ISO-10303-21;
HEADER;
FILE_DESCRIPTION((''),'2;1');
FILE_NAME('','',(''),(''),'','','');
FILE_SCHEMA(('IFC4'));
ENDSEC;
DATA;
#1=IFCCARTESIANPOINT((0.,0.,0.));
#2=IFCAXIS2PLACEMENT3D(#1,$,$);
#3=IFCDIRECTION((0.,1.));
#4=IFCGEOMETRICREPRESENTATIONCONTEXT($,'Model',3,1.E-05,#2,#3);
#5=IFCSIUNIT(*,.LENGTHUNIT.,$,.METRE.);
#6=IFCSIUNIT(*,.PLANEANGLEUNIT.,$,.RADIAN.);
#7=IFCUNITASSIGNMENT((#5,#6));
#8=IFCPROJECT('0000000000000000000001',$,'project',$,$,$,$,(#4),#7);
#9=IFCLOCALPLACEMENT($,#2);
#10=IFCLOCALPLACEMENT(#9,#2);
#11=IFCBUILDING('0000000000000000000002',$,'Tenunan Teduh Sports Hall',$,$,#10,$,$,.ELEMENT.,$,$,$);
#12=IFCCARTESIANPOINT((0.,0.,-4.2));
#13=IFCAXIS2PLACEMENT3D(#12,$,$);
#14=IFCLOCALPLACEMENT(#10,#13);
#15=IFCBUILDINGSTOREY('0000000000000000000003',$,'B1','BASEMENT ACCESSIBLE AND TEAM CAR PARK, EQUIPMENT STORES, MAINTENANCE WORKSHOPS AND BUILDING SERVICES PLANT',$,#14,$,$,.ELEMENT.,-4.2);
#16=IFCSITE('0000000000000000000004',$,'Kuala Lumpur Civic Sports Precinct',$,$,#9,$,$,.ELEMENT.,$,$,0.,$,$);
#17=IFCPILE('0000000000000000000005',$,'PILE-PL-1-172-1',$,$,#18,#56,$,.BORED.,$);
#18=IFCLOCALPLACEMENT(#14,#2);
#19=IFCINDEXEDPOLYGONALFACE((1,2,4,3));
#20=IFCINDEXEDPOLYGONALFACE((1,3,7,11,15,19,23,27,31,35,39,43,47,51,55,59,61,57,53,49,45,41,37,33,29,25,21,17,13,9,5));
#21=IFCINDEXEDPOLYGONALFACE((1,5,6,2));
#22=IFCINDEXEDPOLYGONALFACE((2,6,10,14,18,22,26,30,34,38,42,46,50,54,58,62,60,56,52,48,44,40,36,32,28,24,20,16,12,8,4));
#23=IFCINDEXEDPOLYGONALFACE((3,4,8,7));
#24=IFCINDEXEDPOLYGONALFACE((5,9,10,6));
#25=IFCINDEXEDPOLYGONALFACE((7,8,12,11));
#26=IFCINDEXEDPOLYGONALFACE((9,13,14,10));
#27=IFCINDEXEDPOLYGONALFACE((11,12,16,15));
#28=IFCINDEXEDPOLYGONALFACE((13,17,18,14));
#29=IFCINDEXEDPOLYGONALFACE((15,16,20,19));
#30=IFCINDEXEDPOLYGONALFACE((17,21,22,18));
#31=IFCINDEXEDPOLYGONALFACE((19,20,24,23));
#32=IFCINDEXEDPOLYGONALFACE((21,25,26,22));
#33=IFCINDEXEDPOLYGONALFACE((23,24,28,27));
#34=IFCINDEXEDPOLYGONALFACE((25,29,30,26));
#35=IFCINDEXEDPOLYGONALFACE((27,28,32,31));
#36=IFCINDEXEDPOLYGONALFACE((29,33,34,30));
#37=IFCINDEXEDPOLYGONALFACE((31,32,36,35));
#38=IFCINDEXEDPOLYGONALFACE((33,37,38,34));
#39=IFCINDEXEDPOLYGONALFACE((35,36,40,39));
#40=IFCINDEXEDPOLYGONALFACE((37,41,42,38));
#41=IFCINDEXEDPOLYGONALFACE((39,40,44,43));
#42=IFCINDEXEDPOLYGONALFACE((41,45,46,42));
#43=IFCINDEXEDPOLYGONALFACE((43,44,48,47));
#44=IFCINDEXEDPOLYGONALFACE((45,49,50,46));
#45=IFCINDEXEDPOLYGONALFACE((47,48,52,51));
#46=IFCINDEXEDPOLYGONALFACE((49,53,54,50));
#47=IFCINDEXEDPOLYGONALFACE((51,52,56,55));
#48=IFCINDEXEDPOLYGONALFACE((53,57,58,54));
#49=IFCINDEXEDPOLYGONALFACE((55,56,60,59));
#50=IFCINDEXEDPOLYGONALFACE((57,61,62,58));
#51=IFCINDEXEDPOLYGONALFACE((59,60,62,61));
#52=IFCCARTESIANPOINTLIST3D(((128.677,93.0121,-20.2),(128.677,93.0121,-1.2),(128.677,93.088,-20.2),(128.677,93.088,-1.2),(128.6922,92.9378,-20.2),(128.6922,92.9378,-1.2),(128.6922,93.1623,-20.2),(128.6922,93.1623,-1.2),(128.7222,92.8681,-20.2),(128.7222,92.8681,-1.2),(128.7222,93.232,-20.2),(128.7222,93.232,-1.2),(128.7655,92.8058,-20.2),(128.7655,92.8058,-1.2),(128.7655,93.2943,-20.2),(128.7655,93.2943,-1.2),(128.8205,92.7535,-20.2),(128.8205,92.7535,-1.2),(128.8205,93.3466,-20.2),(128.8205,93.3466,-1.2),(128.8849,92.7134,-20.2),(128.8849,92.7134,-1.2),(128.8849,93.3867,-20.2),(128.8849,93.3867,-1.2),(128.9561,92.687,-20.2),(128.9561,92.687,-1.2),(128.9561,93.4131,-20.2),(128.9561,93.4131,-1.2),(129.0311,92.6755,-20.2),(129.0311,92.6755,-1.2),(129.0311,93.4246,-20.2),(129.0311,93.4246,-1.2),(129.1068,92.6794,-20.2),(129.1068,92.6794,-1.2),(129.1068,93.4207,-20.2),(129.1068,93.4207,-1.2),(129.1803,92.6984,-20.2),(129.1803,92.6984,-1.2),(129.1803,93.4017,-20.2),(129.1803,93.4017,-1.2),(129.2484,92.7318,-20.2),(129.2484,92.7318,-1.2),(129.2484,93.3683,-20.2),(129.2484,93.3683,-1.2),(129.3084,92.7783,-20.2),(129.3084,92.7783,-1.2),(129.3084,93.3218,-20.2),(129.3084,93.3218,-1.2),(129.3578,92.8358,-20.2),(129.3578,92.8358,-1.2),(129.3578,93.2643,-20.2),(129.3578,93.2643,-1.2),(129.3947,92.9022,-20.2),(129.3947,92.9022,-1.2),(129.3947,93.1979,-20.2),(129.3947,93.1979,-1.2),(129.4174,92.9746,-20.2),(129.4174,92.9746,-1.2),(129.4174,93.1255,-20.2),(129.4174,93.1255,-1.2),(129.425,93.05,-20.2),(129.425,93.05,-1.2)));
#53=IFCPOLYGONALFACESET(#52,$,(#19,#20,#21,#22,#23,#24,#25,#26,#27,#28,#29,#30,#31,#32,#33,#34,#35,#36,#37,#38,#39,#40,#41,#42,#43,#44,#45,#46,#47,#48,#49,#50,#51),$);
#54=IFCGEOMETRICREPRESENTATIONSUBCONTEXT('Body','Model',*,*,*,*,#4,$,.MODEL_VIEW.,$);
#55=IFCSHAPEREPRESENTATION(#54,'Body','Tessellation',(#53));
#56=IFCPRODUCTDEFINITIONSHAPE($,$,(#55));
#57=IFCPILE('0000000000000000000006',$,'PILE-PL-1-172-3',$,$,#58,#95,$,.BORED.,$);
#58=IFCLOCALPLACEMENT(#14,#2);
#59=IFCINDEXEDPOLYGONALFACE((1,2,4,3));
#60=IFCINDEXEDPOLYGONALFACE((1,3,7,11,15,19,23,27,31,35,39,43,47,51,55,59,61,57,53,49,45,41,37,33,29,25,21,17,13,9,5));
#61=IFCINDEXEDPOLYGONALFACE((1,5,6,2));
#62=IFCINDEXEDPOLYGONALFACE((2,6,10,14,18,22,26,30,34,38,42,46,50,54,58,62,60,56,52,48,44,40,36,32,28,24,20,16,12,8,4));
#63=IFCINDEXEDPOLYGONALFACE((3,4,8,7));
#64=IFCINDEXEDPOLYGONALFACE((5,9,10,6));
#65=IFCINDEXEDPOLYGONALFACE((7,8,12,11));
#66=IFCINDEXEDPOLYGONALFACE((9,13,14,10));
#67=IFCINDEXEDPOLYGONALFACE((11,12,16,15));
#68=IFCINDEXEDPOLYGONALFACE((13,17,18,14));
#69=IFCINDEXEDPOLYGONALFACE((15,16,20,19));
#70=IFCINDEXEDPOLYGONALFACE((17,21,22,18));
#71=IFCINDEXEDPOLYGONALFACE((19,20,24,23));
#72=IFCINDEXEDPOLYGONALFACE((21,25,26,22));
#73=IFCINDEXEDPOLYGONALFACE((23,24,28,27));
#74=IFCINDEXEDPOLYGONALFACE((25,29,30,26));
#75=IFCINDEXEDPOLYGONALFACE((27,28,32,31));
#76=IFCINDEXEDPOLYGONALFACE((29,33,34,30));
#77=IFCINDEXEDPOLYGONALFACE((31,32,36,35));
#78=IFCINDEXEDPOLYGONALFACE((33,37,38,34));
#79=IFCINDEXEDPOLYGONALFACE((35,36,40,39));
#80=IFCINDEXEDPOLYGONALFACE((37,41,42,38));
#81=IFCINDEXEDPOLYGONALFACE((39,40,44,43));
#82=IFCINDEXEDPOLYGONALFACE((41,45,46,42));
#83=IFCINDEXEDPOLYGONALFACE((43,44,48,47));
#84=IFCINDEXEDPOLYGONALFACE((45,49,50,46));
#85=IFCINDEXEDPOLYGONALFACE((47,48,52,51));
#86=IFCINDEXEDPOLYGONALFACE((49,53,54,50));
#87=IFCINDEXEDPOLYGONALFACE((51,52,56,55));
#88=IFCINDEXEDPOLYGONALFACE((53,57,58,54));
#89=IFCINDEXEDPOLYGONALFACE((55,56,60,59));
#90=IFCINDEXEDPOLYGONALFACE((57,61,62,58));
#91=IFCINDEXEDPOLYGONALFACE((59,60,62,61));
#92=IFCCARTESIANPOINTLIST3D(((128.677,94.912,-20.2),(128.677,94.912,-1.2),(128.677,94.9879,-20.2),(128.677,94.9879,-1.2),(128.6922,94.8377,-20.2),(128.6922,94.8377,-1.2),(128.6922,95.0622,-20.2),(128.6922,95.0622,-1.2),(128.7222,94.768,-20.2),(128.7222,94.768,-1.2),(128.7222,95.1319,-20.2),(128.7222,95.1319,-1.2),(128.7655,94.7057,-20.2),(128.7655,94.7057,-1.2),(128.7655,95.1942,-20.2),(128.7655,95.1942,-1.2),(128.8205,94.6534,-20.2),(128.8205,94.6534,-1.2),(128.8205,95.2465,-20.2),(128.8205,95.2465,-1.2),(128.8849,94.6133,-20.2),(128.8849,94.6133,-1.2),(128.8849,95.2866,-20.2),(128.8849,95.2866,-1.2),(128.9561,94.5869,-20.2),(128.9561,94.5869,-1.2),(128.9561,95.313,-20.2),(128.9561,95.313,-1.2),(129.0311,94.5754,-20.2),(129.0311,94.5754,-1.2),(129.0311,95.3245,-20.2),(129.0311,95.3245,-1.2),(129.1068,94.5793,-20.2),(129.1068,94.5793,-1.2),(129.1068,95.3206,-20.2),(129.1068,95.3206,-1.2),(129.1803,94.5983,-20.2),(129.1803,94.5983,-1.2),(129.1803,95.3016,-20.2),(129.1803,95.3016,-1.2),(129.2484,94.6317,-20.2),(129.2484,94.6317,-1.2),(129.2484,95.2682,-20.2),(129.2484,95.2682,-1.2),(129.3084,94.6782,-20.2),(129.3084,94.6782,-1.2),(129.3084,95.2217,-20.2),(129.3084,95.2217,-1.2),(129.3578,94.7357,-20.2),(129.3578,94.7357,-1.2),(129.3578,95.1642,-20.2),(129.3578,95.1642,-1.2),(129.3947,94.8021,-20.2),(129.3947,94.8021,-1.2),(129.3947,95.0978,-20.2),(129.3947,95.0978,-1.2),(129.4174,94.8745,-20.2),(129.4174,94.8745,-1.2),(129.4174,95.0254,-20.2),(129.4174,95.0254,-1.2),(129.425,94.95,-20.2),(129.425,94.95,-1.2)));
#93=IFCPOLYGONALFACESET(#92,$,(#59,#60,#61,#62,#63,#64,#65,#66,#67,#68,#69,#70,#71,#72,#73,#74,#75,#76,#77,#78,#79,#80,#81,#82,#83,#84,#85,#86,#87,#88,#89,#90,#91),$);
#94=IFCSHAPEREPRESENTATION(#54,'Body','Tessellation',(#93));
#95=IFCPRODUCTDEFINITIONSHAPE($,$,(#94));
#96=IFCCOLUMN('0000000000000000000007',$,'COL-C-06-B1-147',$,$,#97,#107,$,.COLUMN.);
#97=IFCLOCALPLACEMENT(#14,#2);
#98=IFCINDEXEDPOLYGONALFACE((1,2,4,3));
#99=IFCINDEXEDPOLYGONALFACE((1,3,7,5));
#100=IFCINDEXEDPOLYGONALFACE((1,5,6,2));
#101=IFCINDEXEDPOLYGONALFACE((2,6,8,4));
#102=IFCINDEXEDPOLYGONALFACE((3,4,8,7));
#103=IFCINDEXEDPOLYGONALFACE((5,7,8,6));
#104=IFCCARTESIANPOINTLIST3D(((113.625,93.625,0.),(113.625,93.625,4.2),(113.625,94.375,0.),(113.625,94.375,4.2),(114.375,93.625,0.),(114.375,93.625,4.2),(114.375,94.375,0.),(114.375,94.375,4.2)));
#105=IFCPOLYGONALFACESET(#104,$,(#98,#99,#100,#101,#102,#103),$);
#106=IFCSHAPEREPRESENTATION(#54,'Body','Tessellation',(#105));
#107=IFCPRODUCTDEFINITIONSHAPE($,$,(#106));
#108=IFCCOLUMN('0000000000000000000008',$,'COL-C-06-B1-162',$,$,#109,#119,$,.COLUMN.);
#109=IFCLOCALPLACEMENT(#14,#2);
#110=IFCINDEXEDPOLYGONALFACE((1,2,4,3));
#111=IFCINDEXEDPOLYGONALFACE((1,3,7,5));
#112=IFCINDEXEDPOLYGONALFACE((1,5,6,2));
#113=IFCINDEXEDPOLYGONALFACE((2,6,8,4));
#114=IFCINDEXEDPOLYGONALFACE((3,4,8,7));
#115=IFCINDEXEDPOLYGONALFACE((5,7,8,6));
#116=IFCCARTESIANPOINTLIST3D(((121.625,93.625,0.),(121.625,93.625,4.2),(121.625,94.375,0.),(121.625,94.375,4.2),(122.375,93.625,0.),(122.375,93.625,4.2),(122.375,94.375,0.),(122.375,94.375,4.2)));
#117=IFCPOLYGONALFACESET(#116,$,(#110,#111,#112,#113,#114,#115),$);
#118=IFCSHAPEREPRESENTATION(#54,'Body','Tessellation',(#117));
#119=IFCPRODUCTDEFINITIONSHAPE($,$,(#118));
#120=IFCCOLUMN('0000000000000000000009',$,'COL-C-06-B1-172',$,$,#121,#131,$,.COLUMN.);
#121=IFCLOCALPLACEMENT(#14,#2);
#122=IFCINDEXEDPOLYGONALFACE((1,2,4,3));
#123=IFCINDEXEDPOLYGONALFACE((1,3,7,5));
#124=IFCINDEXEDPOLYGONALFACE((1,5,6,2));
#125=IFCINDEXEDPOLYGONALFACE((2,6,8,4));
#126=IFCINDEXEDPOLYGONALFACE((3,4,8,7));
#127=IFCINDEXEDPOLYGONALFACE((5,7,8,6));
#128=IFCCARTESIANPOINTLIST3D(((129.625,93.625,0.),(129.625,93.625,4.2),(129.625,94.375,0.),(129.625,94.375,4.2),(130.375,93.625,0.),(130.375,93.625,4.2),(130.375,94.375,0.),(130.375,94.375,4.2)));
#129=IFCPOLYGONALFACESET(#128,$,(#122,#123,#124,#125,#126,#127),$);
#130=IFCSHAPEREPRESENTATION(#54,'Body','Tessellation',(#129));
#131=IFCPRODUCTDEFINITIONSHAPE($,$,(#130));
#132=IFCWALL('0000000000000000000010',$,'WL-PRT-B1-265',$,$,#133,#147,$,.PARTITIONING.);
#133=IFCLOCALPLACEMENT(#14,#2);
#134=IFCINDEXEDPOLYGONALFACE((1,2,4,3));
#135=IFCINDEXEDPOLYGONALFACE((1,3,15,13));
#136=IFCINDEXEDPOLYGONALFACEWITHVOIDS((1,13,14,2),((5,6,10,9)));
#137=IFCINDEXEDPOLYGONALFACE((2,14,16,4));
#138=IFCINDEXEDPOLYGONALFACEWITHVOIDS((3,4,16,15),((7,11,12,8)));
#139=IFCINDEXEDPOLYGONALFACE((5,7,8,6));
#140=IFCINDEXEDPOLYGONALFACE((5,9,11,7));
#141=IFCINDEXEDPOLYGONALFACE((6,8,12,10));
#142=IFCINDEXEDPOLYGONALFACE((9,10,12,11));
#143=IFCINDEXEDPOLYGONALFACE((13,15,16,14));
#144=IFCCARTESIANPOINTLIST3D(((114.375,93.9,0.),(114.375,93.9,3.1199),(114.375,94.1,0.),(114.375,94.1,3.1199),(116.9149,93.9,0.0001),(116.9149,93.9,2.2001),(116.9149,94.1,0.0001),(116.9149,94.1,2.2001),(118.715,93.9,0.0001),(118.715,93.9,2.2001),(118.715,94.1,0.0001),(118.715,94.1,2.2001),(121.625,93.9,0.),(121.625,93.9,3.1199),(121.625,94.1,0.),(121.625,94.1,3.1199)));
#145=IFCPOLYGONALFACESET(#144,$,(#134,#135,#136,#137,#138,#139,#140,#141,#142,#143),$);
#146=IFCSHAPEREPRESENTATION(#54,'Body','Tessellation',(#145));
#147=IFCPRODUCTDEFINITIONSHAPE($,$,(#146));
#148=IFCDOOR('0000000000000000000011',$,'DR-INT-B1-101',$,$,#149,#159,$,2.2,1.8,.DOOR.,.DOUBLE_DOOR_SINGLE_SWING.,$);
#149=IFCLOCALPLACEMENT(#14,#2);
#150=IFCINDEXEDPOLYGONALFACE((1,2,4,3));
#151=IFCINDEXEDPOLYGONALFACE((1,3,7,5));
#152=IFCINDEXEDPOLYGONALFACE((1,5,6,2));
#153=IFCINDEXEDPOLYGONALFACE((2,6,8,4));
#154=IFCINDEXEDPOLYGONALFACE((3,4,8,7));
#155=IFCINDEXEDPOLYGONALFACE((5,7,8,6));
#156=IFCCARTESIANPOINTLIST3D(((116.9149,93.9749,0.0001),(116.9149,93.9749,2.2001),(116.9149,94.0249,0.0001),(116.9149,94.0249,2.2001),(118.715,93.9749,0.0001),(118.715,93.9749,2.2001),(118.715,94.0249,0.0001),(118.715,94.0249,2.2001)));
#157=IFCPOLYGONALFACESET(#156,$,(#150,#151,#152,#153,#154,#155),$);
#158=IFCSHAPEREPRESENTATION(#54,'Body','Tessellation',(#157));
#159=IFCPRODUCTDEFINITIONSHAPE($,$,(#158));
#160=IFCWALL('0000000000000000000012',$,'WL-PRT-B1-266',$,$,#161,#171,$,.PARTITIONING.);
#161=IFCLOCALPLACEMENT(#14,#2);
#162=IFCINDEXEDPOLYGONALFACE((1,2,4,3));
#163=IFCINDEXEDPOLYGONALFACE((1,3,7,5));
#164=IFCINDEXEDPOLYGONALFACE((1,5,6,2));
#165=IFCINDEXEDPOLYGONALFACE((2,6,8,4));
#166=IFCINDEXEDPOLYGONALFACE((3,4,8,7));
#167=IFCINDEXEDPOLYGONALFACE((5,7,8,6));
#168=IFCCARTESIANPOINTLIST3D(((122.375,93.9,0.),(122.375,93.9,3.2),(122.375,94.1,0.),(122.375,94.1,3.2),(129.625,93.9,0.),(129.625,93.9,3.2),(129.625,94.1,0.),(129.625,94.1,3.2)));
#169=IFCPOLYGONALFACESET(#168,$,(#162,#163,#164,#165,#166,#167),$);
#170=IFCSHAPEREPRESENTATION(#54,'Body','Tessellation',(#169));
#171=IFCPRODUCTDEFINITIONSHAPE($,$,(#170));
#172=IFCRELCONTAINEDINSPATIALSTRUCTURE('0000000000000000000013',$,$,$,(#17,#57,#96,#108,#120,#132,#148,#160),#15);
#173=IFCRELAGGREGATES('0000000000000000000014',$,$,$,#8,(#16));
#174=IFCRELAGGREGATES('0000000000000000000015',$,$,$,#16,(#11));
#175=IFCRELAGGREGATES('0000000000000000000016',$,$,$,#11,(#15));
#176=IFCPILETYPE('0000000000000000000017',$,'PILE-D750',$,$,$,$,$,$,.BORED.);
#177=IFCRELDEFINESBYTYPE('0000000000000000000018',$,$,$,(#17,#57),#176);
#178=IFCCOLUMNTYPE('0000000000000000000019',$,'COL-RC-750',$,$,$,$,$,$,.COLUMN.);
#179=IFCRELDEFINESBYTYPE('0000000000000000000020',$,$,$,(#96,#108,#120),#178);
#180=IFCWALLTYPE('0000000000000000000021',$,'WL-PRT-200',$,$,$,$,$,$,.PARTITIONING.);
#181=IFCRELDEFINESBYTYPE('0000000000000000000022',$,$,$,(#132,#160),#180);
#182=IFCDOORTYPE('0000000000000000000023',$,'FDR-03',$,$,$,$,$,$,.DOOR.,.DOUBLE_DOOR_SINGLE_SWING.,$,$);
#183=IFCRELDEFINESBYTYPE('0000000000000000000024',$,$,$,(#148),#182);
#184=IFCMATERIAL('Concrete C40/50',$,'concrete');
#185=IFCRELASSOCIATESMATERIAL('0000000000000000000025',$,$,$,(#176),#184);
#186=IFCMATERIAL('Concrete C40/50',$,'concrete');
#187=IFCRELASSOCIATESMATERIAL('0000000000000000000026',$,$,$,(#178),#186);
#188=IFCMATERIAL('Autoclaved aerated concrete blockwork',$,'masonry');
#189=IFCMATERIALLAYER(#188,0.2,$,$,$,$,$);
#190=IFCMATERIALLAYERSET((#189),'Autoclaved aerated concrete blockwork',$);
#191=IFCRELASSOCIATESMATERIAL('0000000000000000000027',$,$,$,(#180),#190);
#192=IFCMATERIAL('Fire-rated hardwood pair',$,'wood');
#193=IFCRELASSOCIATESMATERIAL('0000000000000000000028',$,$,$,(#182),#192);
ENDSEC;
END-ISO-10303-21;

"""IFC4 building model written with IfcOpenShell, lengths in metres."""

from ifc_helpers import new_model, si_unit, direction, frame, frame_2d, origin, origin_2d, place, context, subcontext, project, spatial, rectangle, circle, extrude, material, layer, layer_set, material_profile, profile_set, type_object, element, fill, save


model = new_model("IFC4")

# Units and contexts
model_context = context("Model", 3, precision=1e-05, world=origin(), true_north=direction((0.0, 1.0)))
body_context = subcontext(model_context, "Body", "Model", "MODEL_VIEW")
ifc_project = project(units=[si_unit("LENGTHUNIT", "METRE"), si_unit("PLANEANGLEUNIT", "RADIAN")], contexts=[model_context])

# Site, building, storey
site_placement = place(None, origin())
site = spatial("IfcSite", under=ifc_project, at=site_placement, Name="Kuala Lumpur Civic Sports Precinct", CompositionType="ELEMENT", RefElevation=0.0)
building_placement = place(site_placement, origin())
building = spatial("IfcBuilding", under=site, at=building_placement, Name="Tenunan Teduh Sports Hall", CompositionType="ELEMENT")
storey_placement = place(building_placement, frame((0.0, 0.0, -4.2)))
storey = spatial("IfcBuildingStorey", under=building, at=storey_placement, Name="B1", Description="BASEMENT ACCESSIBLE AND TEAM CAR PARK, EQUIPMENT STORES, MAINTENANCE WORKSHOPS AND BUILDING SERVICES PLANT", CompositionType="ELEMENT", Elevation=-4.2)

# Piles
ifc_material_1 = material(Name="Concrete C40/50", Category="concrete")
ifc_material_profile_1 = material_profile(ifc_material_1, circle(Radius=0.375, at=origin_2d()), Name="PILE D750")
ifc_profile_set_1 = profile_set([ifc_material_profile_1], Name="Concrete C40/50")
pile_type = type_object("IfcPileType", Name="PILE-D750", PredefinedType="BORED", material=ifc_profile_set_1)
for number, where, z_axis, x_axis, name in (
    (1, (129.05, 93.05, -1.2), (0.0, 0.0, -1.0), (1.0, 0.0, 0.0), "PILE-PL-1-172-1"),
    (2, (129.05, 94.95, -1.2), (0.0, 0.0, -1.0), (1.0, 0.0, 0.0), "PILE-PL-1-172-3"),
):
    element("IfcPile", number, at=place(storey_placement, frame(where, z_axis=z_axis, x_axis=x_axis)), inside=storey, type_object=pile_type, Name=name, PredefinedType="BORED", context=body_context, shape_type="SweptSolid", body=[
        extrude(circle(Radius=0.375, at=origin_2d()), origin(), (0.0, 0.0, 1.0), 19.0),
    ])

# Columns
ifc_material_2 = material(Name="Concrete C40/50", Category="concrete")
ifc_material_profile_2 = material_profile(ifc_material_2, rectangle(XDim=0.75, YDim=0.75, at=origin_2d()), Name="RC 750x750")
ifc_profile_set_2 = profile_set([ifc_material_profile_2], Name="Concrete C40/50")
column_type = type_object("IfcColumnType", Name="COL-RC-750", PredefinedType="COLUMN", material=ifc_profile_set_2)
for number, where, z_axis, x_axis, name in (
    (3, (114.0, 94.0, 0.0), (0.0, 0.0, 1.0), (1.0, 0.0, 0.0), "COL-C-06-B1-147"),
    (4, (122.0, 94.0, 0.0), (0.0, 0.0, 1.0), (1.0, 0.0, 0.0), "COL-C-06-B1-162"),
    (5, (130.0, 94.0, 0.0), (0.0, 0.0, 1.0), (1.0, 0.0, 0.0), "COL-C-06-B1-172"),
):
    element("IfcColumn", number, at=place(storey_placement, frame(where, z_axis=z_axis, x_axis=x_axis)), inside=storey, type_object=column_type, Name=name, PredefinedType="COLUMN", context=body_context, shape_type="SweptSolid", body=[
        extrude(rectangle(XDim=0.75, YDim=0.75, at=origin_2d()), origin(), (0.0, 0.0, 1.0), 4.2),
    ])

# Wall, opening, door
ifc_material_3 = material(Name="Autoclaved aerated concrete blockwork", Category="masonry")
ifc_layer_1 = layer(ifc_material_3, 0.2)
ifc_layer_set_1 = layer_set([ifc_layer_1], Name="Autoclaved aerated concrete blockwork")
wall_type_1 = type_object("IfcWallType", Name="WL-PRT-200", PredefinedType="PARTITIONING", material=ifc_layer_set_1)
wall_1_placement = place(storey_placement, frame((114.375, 94.0, 0.0), z_axis=(0.0, 0.0, 1.0), x_axis=(1.0, 0.0, 0.0)))
wall_1 = element("IfcWall", 6, at=wall_1_placement, inside=storey, type_object=wall_type_1, Name="WL-PRT-B1-265", PredefinedType="PARTITIONING", context=body_context, shape_type="SweptSolid", body=[
    extrude(rectangle(XDim=7.25, YDim=0.2, at=frame_2d((3.625, 0.0))), origin(), (0.0, 0.0, 1.0), 3.1199),
])
opening_1_placement = place(wall_1_placement, frame((2.54, 0.0, 0.0)))
opening_1 = element("IfcOpeningElement", 7, at=opening_1_placement, cuts=wall_1, PredefinedType="OPENING", context=body_context, shape_type="SweptSolid", body=[
    extrude(rectangle(XDim=1.8, YDim=2.2, at=frame_2d((0.8999, 1.1001))), frame((0.0, 0.1099, 0.0), z_axis=(0.0, -1.0, 0.0), x_axis=(1.0, 0.0, 0.0)), (0.0, 0.0, 1.0), 0.22),
])
ifc_material_4 = material(Name="Fire-rated hardwood pair", Category="wood")
door_type = type_object("IfcDoorType", Name="FDR-03", OperationType="DOUBLE_DOOR_SINGLE_SWING", PredefinedType="DOOR", material=ifc_material_4)
door_1_placement = place(opening_1_placement, origin())
door_1 = element("IfcDoor", 8, at=door_1_placement, inside=storey, type_object=door_type, Name="DR-INT-B1-101", OperationType="DOUBLE_DOOR_SINGLE_SWING", OverallHeight=2.2, OverallWidth=1.8, PredefinedType="DOOR", context=body_context, shape_type="SweptSolid", body=[
    extrude(rectangle(XDim=1.8, YDim=2.2, at=frame_2d((0.8999, 1.1001))), frame((0.0, 0.0249, 0.0), z_axis=(0.0, -1.0, 0.0), x_axis=(1.0, 0.0, 0.0)), (0.0, 0.0, 1.0), 0.05),
])
fill(opening_1, door_1)

# Wall
wall_2_placement = place(storey_placement, frame((122.375, 94.0, 0.0), z_axis=(0.0, 0.0, 1.0), x_axis=(1.0, 0.0, 0.0)))
element("IfcWall", 9, at=wall_2_placement, inside=storey, type_object=wall_type_1, Name="WL-PRT-B1-266", PredefinedType="PARTITIONING", context=body_context, shape_type="SweptSolid", body=[
    extrude(rectangle(XDim=7.25, YDim=0.2, at=frame_2d((3.625, 0.0))), origin(), (0.0, 0.0, 1.0), 3.2),
])

save(model, "model.ifc")
